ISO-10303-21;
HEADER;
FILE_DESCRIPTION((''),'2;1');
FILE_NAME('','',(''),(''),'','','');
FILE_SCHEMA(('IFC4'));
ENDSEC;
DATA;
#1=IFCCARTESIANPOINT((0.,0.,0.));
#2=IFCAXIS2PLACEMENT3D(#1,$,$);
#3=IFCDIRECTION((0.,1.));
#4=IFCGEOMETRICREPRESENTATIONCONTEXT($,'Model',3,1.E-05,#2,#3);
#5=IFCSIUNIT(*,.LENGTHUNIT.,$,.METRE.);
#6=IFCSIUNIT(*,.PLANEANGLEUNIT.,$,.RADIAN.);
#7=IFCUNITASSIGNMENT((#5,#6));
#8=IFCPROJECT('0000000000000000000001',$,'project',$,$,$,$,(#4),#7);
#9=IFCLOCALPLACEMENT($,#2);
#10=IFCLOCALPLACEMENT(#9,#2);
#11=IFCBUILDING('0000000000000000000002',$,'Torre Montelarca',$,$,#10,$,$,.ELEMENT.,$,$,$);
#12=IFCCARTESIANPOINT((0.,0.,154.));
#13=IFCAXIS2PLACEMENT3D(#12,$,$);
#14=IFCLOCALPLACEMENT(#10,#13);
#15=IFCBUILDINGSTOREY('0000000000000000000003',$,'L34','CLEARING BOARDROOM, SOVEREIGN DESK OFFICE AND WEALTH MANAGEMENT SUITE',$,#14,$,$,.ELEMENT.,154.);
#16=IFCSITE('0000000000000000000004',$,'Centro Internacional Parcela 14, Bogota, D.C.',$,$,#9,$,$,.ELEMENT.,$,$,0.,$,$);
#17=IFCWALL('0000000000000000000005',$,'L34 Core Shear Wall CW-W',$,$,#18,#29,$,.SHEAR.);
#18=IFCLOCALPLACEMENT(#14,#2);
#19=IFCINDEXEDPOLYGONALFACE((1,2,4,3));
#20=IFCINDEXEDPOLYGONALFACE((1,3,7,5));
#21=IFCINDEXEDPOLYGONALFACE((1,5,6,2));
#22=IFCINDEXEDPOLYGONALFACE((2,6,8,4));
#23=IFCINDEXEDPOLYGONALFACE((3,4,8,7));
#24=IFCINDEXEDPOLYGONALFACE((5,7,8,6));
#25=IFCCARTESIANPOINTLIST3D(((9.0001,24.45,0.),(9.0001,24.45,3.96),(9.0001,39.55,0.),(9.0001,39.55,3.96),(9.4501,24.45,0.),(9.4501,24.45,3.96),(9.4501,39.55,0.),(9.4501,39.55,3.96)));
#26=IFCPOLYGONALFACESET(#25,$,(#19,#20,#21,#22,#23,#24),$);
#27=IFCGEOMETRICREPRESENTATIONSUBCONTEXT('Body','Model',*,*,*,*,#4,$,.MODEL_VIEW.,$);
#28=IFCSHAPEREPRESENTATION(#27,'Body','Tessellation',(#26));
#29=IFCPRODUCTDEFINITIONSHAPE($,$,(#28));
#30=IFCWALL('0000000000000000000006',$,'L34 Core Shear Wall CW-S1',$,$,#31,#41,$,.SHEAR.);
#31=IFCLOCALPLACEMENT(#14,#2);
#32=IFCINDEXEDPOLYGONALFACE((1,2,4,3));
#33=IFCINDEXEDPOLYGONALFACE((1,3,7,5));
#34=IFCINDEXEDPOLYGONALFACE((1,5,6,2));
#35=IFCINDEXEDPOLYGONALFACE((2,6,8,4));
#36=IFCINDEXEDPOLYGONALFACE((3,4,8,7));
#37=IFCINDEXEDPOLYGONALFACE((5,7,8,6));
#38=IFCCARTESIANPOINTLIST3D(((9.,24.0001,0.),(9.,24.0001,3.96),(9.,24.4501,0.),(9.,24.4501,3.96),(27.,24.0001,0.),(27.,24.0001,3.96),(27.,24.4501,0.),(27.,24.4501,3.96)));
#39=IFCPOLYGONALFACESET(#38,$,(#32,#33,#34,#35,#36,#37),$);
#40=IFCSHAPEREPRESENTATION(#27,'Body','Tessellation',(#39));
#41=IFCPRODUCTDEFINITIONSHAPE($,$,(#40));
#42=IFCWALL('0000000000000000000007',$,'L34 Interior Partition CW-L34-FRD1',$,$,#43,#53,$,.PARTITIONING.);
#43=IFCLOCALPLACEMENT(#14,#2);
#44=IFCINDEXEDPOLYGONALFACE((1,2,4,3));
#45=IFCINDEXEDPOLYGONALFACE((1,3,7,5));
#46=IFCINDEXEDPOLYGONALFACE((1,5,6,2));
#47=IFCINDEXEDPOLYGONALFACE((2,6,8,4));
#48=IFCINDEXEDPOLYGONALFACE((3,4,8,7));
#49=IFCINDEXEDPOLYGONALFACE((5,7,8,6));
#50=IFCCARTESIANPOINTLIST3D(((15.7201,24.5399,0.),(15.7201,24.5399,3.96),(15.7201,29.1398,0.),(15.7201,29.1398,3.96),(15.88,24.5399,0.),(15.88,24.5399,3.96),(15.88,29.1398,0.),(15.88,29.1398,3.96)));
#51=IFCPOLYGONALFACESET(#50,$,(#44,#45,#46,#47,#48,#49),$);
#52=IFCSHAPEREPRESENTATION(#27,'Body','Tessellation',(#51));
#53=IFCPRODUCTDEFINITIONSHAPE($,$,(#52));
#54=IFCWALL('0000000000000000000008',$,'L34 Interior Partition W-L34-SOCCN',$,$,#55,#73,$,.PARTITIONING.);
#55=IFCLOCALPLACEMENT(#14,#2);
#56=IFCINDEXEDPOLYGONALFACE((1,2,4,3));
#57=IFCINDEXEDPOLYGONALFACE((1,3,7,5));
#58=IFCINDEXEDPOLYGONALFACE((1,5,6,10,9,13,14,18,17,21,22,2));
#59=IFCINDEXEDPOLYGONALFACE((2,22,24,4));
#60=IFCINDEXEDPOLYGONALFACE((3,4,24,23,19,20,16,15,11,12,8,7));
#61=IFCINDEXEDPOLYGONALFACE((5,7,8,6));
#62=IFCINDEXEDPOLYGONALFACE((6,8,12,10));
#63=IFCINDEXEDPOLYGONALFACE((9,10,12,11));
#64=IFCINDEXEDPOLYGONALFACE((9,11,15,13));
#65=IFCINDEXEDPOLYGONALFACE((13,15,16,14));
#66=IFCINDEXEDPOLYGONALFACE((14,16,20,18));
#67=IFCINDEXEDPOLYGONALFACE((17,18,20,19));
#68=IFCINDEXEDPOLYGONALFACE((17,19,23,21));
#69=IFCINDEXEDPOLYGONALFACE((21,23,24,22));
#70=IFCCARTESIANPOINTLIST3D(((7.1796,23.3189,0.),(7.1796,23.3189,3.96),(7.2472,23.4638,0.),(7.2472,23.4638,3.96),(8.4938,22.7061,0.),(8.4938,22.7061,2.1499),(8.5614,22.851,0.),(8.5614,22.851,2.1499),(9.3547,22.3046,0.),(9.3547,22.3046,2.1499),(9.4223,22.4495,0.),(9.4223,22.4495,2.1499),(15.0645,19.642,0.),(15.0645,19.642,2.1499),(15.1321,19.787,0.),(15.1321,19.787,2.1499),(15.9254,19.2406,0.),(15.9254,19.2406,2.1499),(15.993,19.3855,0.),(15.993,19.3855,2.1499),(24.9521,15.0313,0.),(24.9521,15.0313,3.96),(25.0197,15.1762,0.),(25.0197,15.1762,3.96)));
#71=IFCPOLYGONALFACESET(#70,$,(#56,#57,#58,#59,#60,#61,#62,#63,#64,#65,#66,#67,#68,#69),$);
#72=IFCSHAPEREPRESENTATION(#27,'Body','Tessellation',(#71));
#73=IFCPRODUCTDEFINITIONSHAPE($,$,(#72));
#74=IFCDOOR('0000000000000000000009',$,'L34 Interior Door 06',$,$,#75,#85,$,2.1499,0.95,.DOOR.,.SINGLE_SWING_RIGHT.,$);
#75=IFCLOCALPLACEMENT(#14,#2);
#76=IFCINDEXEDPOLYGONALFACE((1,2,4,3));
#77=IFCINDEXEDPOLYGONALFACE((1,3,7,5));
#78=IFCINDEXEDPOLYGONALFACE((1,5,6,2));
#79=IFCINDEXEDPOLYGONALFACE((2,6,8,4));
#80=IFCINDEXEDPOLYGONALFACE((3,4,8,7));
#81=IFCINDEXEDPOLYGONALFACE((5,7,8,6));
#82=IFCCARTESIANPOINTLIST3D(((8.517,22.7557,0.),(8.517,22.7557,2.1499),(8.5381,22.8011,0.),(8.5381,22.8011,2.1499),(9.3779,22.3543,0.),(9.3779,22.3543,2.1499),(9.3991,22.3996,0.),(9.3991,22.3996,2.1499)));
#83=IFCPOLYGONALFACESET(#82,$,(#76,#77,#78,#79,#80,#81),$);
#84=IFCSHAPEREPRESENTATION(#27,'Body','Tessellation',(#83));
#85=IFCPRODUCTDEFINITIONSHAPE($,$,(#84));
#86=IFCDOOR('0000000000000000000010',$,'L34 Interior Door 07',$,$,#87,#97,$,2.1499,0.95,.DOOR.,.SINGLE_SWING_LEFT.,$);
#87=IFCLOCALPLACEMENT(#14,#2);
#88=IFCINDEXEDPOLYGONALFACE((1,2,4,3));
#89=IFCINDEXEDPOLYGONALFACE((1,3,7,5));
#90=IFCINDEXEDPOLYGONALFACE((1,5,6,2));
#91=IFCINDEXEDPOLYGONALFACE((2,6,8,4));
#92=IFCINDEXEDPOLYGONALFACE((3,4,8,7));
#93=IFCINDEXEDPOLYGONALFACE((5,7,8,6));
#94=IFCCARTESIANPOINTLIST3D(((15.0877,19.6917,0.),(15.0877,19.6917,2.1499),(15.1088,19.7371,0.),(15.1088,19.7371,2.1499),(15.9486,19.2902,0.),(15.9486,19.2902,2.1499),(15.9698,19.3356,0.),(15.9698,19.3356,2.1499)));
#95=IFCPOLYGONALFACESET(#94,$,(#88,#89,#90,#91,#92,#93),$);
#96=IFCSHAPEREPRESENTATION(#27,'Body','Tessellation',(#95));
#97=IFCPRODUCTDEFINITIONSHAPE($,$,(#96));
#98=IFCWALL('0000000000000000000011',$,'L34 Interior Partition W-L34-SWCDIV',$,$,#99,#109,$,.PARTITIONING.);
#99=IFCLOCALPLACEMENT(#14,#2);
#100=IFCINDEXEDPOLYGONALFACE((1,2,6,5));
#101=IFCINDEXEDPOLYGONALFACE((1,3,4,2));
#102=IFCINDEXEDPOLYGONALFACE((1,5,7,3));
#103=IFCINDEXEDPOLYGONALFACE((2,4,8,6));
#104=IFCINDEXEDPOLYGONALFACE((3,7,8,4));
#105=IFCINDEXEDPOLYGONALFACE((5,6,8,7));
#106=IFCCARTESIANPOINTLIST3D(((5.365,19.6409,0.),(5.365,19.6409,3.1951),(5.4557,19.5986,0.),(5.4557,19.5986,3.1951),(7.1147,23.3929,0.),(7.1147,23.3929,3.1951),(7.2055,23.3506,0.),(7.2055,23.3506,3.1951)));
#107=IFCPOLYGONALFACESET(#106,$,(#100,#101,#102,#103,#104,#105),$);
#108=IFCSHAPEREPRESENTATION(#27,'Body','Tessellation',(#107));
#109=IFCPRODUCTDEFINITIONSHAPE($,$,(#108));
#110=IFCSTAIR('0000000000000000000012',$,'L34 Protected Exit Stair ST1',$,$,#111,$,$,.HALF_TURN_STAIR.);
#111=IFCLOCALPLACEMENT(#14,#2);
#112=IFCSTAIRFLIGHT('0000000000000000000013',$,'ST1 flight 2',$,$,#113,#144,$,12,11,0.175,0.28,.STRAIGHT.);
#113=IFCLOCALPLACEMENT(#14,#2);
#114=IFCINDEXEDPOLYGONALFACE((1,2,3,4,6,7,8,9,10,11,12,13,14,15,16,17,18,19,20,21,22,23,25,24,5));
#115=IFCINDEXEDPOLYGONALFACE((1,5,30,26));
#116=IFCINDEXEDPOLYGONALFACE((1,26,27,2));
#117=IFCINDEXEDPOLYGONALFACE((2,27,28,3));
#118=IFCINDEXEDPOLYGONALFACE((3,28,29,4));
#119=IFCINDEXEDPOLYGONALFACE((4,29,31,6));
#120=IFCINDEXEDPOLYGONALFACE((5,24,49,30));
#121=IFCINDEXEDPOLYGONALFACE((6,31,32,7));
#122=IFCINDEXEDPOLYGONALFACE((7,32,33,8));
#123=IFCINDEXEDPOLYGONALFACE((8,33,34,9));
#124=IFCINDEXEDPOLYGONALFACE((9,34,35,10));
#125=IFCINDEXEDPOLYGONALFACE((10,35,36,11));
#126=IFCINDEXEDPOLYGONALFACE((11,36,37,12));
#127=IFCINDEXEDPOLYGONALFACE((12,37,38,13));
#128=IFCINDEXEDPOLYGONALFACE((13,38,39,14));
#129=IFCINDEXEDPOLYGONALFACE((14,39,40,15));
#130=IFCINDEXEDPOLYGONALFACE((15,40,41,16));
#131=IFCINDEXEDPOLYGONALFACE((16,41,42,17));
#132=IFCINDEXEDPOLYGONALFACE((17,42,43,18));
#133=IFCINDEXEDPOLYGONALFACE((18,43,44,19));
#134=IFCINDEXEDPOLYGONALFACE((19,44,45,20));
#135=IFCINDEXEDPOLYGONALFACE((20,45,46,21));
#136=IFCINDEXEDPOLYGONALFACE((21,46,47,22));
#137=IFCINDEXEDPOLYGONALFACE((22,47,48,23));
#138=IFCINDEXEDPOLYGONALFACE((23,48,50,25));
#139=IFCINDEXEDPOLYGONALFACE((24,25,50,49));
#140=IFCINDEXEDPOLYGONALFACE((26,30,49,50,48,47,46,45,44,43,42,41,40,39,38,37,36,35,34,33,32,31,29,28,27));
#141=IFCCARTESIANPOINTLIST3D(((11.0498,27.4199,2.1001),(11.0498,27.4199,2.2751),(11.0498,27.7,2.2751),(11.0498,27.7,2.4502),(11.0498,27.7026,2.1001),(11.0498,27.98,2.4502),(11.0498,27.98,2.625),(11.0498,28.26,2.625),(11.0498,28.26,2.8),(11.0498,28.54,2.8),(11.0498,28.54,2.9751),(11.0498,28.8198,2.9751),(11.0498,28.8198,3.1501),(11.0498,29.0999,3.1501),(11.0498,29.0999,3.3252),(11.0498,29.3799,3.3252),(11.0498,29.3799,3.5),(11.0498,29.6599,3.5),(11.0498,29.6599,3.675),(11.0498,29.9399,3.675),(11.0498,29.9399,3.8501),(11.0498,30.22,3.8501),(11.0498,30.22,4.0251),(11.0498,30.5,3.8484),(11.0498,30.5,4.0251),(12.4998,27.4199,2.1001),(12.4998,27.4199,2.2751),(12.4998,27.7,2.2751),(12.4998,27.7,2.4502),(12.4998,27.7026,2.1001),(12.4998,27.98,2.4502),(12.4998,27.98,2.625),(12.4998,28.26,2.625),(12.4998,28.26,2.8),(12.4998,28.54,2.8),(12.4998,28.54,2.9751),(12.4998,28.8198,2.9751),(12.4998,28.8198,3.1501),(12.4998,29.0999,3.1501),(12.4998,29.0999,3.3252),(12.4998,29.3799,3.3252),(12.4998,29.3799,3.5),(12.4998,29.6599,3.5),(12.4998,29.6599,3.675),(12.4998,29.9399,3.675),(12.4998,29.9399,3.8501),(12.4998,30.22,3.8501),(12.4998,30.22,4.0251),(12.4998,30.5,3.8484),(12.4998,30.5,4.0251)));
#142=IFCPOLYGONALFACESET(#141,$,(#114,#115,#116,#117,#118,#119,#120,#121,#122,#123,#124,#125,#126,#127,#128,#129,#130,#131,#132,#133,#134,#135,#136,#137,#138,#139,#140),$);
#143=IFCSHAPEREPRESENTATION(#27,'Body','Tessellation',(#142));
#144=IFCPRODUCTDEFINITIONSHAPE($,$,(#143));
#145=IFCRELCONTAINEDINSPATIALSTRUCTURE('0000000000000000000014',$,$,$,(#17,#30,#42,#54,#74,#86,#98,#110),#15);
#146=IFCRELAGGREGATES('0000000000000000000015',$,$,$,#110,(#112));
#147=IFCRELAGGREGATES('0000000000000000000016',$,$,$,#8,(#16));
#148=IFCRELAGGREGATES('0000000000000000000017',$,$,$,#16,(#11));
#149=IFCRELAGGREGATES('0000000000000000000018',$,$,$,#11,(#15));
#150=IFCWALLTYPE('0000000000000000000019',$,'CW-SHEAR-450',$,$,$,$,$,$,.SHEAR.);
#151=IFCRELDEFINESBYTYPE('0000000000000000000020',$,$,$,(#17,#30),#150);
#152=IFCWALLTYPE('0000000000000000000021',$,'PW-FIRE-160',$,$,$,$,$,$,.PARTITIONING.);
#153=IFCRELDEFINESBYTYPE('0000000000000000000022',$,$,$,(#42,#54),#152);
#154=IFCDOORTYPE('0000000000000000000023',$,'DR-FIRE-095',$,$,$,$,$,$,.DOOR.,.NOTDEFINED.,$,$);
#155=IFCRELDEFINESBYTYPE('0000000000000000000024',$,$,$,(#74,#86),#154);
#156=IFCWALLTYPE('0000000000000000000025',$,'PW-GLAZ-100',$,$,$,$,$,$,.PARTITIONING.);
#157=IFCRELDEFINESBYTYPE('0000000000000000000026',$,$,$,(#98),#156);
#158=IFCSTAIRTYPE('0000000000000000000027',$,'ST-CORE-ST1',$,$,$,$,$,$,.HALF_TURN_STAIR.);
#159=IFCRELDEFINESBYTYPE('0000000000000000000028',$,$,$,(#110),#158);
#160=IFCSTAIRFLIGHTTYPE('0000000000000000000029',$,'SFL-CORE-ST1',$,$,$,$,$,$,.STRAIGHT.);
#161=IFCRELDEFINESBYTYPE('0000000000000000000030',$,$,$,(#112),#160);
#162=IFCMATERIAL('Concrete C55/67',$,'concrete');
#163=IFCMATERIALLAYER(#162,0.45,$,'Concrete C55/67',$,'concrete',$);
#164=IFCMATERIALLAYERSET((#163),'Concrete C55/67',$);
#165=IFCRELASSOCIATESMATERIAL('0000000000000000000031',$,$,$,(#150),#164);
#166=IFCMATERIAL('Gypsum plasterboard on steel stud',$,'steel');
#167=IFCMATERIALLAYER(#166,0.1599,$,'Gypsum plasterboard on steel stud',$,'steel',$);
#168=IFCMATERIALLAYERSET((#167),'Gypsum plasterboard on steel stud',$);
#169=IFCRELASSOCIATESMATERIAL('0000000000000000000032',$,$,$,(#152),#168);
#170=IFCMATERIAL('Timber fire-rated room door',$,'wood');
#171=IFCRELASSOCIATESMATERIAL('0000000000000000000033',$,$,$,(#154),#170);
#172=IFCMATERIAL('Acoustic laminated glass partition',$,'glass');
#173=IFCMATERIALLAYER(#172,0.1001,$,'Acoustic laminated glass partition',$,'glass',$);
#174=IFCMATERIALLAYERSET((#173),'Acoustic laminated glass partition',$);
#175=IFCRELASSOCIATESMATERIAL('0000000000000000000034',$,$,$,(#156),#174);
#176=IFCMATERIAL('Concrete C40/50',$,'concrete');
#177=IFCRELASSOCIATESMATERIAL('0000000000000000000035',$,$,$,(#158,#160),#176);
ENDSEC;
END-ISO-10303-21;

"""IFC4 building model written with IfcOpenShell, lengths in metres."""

from ifc_helpers import new_model, si_unit, direction, frame, frame_2d, origin, place, context, subcontext, project, spatial, polyline, rectangle, outline, extrude, source, transform, mapped, material, layer, layer_set, type_object, element, fill, aggregate, save


model = new_model("IFC4")

# Units and contexts
model_context = context("Model", 3, precision=1e-05, world=origin(), true_north=direction((0.0, 1.0)))
body_context = subcontext(model_context, "Body", "Model", "MODEL_VIEW")
ifc_project = project(units=[si_unit("LENGTHUNIT", "METRE"), si_unit("PLANEANGLEUNIT", "RADIAN")], contexts=[model_context])

# Site, building, storey
site_placement = place(None, origin())
site = spatial("IfcSite", under=ifc_project, at=site_placement, Name="Centro Internacional Parcela 14, Bogota, D.C.", CompositionType="ELEMENT", RefElevation=0.0)
building_placement = place(site_placement, origin())
building = spatial("IfcBuilding", under=site, at=building_placement, Name="Torre Montelarca", CompositionType="ELEMENT")
storey_placement = place(building_placement, frame((0.0, 0.0, 154.0)))
storey = spatial("IfcBuildingStorey", under=building, at=storey_placement, Name="L34", Description="CLEARING BOARDROOM, SOVEREIGN DESK OFFICE AND WEALTH MANAGEMENT SUITE", CompositionType="ELEMENT", Elevation=154.0)

# Shared definitions
ifc_material_1 = material(Name="Concrete C55/67", Category="concrete")

# Shared definitions
ifc_material_2 = material(Name="Concrete C40/50", Category="concrete")

# Walls
ifc_layer_1 = layer(ifc_material_1, 0.45, Name="Concrete C55/67", Category="concrete")
ifc_layer_set_1 = layer_set([ifc_layer_1], Name="Concrete C55/67")
wall_type_1 = type_object("IfcWallType", Name="CW-SHEAR-450", PredefinedType="SHEAR", material=ifc_layer_set_1)
wall_1_placement = place(storey_placement, frame((9.2251, 24.45, 0.0), z_axis=(0.0, 0.0, 1.0), x_axis=(0.0, 1.0, 0.0)))
element("IfcWall", 1, at=wall_1_placement, inside=storey, type_object=wall_type_1, Name="L34 Core Shear Wall CW-W", PredefinedType="SHEAR", context=body_context, shape_type="SweptSolid", body=[
    extrude(rectangle(XDim=15.1001, YDim=0.45, at=frame_2d((7.55, 0.0))), origin(), (0.0, 0.0, 1.0), 3.96),
])
wall_2_placement = place(storey_placement, frame((9.0, 24.2251, 0.0), z_axis=(0.0, 0.0, 1.0), x_axis=(1.0, 0.0, 0.0)))
element("IfcWall", 2, at=wall_2_placement, inside=storey, type_object=wall_type_1, Name="L34 Core Shear Wall CW-S1", PredefinedType="SHEAR", context=body_context, shape_type="SweptSolid", body=[
    extrude(rectangle(XDim=18.0, YDim=0.45, at=frame_2d((9.0, 0.0))), origin(), (0.0, 0.0, 1.0), 3.96),
])
ifc_material_3 = material(Name="Gypsum plasterboard on steel stud", Category="steel")
ifc_layer_2 = layer(ifc_material_3, 0.1599, Name="Gypsum plasterboard on steel stud", Category="steel")
ifc_layer_set_2 = layer_set([ifc_layer_2], Name="Gypsum plasterboard on steel stud")
wall_type_2 = type_object("IfcWallType", Name="PW-FIRE-160", PredefinedType="PARTITIONING", material=ifc_layer_set_2)
wall_3_placement = place(storey_placement, frame((15.8, 24.54, 0.0), z_axis=(0.0, 0.0, 1.0), x_axis=(0.0, 1.0, 0.0)))
element("IfcWall", 3, at=wall_3_placement, inside=storey, type_object=wall_type_2, Name="L34 Interior Partition CW-L34-FRD1", PredefinedType="PARTITIONING", context=body_context, shape_type="SweptSolid", body=[
    extrude(rectangle(XDim=4.5999, YDim=0.1599, at=frame_2d((2.2998, 0.0))), origin(), (0.0, 0.0, 1.0), 3.96),
])

# Wall, openings, doors
wall_4_placement = place(storey_placement, frame((7.2134, 23.3914, 0.0), z_axis=(0.0, 0.0, 1.0), x_axis=(0.906305, -0.422625, 0.0)))
wall_4 = element("IfcWall", 4, at=wall_4_placement, inside=storey, type_object=wall_type_2, Name="L34 Interior Partition W-L34-SOCCN", PredefinedType="PARTITIONING", context=body_context, shape_type="SweptSolid", body=[
    extrude(rectangle(XDim=19.6099, YDim=0.1599, at=frame_2d((9.8049, 0.0))), origin(), (0.0, 0.0, 1.0), 3.96),
])
opening_1_placement = place(wall_4_placement, frame((1.45, 0.0, 0.0)))
opening_1 = element("IfcOpeningElement", 5, at=opening_1_placement, cuts=wall_4, PredefinedType="OPENING", context=body_context, shape_type="SweptSolid", body=[
    extrude(rectangle(XDim=0.95, YDim=2.1499, at=frame_2d((0.4751, 1.075))), frame((0.0, 0.0898, 0.0), z_axis=(0.0, -1.0, 0.0), x_axis=(1.0, 0.0, 0.0)), (0.0, 0.0, 1.0), 0.1799),
])
opening_2_placement = place(wall_4_placement, frame((8.7, 0.0, 0.0)))
opening_2 = element("IfcOpeningElement", 6, at=opening_2_placement, cuts=wall_4, PredefinedType="OPENING", context=body_context, shape_type="SweptSolid", body=[
    extrude(rectangle(XDim=0.95, YDim=2.1499, at=frame_2d((0.4751, 1.075))), frame((0.0, 0.0898, 0.0), z_axis=(0.0, -1.0, 0.0), x_axis=(1.0, 0.0, 0.0)), (0.0, 0.0, 1.0), 0.1799),
])
ifc_material_4 = material(Name="Timber fire-rated room door", Category="wood")
door_type_1 = type_object("IfcDoorType", Name="DR-FIRE-095", OperationType="NOTDEFINED", PredefinedType="DOOR", material=ifc_material_4)
shared_shape_1 = source(origin(), body_context, "Body", "SweptSolid", [
    extrude(rectangle(XDim=0.95, YDim=2.1499, at=frame_2d((0.4751, 1.075))), frame((0.0, 0.0249, 0.0), z_axis=(0.0, -1.0, 0.0), x_axis=(1.0, 0.0, 0.0)), (0.0, 0.0, 1.0), 0.05),
])
door_1_placement = place(opening_1_placement, origin())
door_1 = element("IfcDoor", 7, at=door_1_placement, inside=storey, type_object=door_type_1, Name="L34 Interior Door 06", OperationType="SINGLE_SWING_RIGHT", OverallHeight=2.1499, OverallWidth=0.95, PredefinedType="DOOR", context=body_context, shape_type="MappedRepresentation", body=[
    mapped(shared_shape_1, transform((0.0, 0.0, 0.0), scale=1.0)),
])
fill(opening_1, door_1)
door_2_placement = place(opening_2_placement, origin())
door_2 = element("IfcDoor", 8, at=door_2_placement, inside=storey, type_object=door_type_1, Name="L34 Interior Door 07", OperationType="SINGLE_SWING_LEFT", OverallHeight=2.1499, OverallWidth=0.95, PredefinedType="DOOR", context=body_context, shape_type="MappedRepresentation", body=[
    mapped(shared_shape_1, transform((0.0, 0.0, 0.0), scale=1.0)),
])
fill(opening_2, door_2)

# Wall
ifc_material_5 = material(Name="Acoustic laminated glass partition", Category="glass")
ifc_layer_3 = layer(ifc_material_5, 0.1001, Name="Acoustic laminated glass partition", Category="glass")
ifc_layer_set_3 = layer_set([ifc_layer_3], Name="Acoustic laminated glass partition")
wall_type_3 = type_object("IfcWallType", Name="PW-GLAZ-100", PredefinedType="PARTITIONING", material=ifc_layer_set_3)
wall_5_placement = place(storey_placement, frame((5.4104, 19.6199, 0.0), z_axis=(0.0, 0.0, 1.0), x_axis=(0.422656, 0.90629, 0.0)))
element("IfcWall", 9, at=wall_5_placement, inside=storey, type_object=wall_type_3, Name="L34 Interior Partition W-L34-SWCDIV", PredefinedType="PARTITIONING", context=body_context, shape_type="SweptSolid", body=[
    extrude(rectangle(XDim=4.1399, YDim=0.1001, at=frame_2d((2.0698, 0.0))), origin(), (0.0, 0.0, 1.0), 3.1951),
])

# Stair, stair flight
stair_type = type_object("IfcStairType", Name="ST-CORE-ST1", PredefinedType="HALF_TURN_STAIR", material=ifc_material_2)
stair_placement = place(storey_placement, origin())
stair = element("IfcStair", 10, at=stair_placement, inside=storey, type_object=stair_type, Name="L34 Protected Exit Stair ST1", PredefinedType="HALF_TURN_STAIR")
stair_flight_type = type_object("IfcStairFlightType", Name="SFL-CORE-ST1", PredefinedType="STRAIGHT", material=ifc_material_2)
stair_flight_placement = place(storey_placement, frame((11.7749, 27.4199, 2.1001), z_axis=(0.0, 0.0, 1.0), x_axis=(0.0, 1.0, 0.0)))
stair_flight = element("IfcStairFlight", 11, at=stair_flight_placement, type_object=stair_flight_type, Name="ST1 flight 2", NumberOfRisers=12, NumberOfTreads=11, PredefinedType="STRAIGHT", RiserHeight=0.175, TreadLength=0.28, context=body_context, shape_type="SweptSolid", body=[
    extrude(outline(polyline([(0.0, 0.0), (0.0, 0.175), (0.28, 0.175), (0.28, 0.3501), (0.5601, 0.3501), (0.5601, 0.5249), (0.8401, 0.5249), (0.8401, 0.7), (1.1201, 0.7), (1.1201, 0.875), (1.3999, 0.875), (1.3999, 1.05), (1.6799, 1.05), (1.6799, 1.2251), (1.96, 1.2251), (1.96, 1.3999), (2.24, 1.3999), (2.24, 1.575), (2.52, 1.575), (2.52, 1.75), (2.8, 1.75), (2.8, 1.925), (3.0801, 1.925), (3.0801, 2.1001), (3.0801, 1.7483), (0.2827, 0.0), (0.0, 0.0)])), frame((0.0, 0.7251, 0.0), z_axis=(0.0, -1.0, 0.0), x_axis=(1.0, 0.0, 0.0)), (0.0, 0.0, 1.0), 1.45),
])
aggregate(stair, [stair_flight])

save(model, "model.ifc")
